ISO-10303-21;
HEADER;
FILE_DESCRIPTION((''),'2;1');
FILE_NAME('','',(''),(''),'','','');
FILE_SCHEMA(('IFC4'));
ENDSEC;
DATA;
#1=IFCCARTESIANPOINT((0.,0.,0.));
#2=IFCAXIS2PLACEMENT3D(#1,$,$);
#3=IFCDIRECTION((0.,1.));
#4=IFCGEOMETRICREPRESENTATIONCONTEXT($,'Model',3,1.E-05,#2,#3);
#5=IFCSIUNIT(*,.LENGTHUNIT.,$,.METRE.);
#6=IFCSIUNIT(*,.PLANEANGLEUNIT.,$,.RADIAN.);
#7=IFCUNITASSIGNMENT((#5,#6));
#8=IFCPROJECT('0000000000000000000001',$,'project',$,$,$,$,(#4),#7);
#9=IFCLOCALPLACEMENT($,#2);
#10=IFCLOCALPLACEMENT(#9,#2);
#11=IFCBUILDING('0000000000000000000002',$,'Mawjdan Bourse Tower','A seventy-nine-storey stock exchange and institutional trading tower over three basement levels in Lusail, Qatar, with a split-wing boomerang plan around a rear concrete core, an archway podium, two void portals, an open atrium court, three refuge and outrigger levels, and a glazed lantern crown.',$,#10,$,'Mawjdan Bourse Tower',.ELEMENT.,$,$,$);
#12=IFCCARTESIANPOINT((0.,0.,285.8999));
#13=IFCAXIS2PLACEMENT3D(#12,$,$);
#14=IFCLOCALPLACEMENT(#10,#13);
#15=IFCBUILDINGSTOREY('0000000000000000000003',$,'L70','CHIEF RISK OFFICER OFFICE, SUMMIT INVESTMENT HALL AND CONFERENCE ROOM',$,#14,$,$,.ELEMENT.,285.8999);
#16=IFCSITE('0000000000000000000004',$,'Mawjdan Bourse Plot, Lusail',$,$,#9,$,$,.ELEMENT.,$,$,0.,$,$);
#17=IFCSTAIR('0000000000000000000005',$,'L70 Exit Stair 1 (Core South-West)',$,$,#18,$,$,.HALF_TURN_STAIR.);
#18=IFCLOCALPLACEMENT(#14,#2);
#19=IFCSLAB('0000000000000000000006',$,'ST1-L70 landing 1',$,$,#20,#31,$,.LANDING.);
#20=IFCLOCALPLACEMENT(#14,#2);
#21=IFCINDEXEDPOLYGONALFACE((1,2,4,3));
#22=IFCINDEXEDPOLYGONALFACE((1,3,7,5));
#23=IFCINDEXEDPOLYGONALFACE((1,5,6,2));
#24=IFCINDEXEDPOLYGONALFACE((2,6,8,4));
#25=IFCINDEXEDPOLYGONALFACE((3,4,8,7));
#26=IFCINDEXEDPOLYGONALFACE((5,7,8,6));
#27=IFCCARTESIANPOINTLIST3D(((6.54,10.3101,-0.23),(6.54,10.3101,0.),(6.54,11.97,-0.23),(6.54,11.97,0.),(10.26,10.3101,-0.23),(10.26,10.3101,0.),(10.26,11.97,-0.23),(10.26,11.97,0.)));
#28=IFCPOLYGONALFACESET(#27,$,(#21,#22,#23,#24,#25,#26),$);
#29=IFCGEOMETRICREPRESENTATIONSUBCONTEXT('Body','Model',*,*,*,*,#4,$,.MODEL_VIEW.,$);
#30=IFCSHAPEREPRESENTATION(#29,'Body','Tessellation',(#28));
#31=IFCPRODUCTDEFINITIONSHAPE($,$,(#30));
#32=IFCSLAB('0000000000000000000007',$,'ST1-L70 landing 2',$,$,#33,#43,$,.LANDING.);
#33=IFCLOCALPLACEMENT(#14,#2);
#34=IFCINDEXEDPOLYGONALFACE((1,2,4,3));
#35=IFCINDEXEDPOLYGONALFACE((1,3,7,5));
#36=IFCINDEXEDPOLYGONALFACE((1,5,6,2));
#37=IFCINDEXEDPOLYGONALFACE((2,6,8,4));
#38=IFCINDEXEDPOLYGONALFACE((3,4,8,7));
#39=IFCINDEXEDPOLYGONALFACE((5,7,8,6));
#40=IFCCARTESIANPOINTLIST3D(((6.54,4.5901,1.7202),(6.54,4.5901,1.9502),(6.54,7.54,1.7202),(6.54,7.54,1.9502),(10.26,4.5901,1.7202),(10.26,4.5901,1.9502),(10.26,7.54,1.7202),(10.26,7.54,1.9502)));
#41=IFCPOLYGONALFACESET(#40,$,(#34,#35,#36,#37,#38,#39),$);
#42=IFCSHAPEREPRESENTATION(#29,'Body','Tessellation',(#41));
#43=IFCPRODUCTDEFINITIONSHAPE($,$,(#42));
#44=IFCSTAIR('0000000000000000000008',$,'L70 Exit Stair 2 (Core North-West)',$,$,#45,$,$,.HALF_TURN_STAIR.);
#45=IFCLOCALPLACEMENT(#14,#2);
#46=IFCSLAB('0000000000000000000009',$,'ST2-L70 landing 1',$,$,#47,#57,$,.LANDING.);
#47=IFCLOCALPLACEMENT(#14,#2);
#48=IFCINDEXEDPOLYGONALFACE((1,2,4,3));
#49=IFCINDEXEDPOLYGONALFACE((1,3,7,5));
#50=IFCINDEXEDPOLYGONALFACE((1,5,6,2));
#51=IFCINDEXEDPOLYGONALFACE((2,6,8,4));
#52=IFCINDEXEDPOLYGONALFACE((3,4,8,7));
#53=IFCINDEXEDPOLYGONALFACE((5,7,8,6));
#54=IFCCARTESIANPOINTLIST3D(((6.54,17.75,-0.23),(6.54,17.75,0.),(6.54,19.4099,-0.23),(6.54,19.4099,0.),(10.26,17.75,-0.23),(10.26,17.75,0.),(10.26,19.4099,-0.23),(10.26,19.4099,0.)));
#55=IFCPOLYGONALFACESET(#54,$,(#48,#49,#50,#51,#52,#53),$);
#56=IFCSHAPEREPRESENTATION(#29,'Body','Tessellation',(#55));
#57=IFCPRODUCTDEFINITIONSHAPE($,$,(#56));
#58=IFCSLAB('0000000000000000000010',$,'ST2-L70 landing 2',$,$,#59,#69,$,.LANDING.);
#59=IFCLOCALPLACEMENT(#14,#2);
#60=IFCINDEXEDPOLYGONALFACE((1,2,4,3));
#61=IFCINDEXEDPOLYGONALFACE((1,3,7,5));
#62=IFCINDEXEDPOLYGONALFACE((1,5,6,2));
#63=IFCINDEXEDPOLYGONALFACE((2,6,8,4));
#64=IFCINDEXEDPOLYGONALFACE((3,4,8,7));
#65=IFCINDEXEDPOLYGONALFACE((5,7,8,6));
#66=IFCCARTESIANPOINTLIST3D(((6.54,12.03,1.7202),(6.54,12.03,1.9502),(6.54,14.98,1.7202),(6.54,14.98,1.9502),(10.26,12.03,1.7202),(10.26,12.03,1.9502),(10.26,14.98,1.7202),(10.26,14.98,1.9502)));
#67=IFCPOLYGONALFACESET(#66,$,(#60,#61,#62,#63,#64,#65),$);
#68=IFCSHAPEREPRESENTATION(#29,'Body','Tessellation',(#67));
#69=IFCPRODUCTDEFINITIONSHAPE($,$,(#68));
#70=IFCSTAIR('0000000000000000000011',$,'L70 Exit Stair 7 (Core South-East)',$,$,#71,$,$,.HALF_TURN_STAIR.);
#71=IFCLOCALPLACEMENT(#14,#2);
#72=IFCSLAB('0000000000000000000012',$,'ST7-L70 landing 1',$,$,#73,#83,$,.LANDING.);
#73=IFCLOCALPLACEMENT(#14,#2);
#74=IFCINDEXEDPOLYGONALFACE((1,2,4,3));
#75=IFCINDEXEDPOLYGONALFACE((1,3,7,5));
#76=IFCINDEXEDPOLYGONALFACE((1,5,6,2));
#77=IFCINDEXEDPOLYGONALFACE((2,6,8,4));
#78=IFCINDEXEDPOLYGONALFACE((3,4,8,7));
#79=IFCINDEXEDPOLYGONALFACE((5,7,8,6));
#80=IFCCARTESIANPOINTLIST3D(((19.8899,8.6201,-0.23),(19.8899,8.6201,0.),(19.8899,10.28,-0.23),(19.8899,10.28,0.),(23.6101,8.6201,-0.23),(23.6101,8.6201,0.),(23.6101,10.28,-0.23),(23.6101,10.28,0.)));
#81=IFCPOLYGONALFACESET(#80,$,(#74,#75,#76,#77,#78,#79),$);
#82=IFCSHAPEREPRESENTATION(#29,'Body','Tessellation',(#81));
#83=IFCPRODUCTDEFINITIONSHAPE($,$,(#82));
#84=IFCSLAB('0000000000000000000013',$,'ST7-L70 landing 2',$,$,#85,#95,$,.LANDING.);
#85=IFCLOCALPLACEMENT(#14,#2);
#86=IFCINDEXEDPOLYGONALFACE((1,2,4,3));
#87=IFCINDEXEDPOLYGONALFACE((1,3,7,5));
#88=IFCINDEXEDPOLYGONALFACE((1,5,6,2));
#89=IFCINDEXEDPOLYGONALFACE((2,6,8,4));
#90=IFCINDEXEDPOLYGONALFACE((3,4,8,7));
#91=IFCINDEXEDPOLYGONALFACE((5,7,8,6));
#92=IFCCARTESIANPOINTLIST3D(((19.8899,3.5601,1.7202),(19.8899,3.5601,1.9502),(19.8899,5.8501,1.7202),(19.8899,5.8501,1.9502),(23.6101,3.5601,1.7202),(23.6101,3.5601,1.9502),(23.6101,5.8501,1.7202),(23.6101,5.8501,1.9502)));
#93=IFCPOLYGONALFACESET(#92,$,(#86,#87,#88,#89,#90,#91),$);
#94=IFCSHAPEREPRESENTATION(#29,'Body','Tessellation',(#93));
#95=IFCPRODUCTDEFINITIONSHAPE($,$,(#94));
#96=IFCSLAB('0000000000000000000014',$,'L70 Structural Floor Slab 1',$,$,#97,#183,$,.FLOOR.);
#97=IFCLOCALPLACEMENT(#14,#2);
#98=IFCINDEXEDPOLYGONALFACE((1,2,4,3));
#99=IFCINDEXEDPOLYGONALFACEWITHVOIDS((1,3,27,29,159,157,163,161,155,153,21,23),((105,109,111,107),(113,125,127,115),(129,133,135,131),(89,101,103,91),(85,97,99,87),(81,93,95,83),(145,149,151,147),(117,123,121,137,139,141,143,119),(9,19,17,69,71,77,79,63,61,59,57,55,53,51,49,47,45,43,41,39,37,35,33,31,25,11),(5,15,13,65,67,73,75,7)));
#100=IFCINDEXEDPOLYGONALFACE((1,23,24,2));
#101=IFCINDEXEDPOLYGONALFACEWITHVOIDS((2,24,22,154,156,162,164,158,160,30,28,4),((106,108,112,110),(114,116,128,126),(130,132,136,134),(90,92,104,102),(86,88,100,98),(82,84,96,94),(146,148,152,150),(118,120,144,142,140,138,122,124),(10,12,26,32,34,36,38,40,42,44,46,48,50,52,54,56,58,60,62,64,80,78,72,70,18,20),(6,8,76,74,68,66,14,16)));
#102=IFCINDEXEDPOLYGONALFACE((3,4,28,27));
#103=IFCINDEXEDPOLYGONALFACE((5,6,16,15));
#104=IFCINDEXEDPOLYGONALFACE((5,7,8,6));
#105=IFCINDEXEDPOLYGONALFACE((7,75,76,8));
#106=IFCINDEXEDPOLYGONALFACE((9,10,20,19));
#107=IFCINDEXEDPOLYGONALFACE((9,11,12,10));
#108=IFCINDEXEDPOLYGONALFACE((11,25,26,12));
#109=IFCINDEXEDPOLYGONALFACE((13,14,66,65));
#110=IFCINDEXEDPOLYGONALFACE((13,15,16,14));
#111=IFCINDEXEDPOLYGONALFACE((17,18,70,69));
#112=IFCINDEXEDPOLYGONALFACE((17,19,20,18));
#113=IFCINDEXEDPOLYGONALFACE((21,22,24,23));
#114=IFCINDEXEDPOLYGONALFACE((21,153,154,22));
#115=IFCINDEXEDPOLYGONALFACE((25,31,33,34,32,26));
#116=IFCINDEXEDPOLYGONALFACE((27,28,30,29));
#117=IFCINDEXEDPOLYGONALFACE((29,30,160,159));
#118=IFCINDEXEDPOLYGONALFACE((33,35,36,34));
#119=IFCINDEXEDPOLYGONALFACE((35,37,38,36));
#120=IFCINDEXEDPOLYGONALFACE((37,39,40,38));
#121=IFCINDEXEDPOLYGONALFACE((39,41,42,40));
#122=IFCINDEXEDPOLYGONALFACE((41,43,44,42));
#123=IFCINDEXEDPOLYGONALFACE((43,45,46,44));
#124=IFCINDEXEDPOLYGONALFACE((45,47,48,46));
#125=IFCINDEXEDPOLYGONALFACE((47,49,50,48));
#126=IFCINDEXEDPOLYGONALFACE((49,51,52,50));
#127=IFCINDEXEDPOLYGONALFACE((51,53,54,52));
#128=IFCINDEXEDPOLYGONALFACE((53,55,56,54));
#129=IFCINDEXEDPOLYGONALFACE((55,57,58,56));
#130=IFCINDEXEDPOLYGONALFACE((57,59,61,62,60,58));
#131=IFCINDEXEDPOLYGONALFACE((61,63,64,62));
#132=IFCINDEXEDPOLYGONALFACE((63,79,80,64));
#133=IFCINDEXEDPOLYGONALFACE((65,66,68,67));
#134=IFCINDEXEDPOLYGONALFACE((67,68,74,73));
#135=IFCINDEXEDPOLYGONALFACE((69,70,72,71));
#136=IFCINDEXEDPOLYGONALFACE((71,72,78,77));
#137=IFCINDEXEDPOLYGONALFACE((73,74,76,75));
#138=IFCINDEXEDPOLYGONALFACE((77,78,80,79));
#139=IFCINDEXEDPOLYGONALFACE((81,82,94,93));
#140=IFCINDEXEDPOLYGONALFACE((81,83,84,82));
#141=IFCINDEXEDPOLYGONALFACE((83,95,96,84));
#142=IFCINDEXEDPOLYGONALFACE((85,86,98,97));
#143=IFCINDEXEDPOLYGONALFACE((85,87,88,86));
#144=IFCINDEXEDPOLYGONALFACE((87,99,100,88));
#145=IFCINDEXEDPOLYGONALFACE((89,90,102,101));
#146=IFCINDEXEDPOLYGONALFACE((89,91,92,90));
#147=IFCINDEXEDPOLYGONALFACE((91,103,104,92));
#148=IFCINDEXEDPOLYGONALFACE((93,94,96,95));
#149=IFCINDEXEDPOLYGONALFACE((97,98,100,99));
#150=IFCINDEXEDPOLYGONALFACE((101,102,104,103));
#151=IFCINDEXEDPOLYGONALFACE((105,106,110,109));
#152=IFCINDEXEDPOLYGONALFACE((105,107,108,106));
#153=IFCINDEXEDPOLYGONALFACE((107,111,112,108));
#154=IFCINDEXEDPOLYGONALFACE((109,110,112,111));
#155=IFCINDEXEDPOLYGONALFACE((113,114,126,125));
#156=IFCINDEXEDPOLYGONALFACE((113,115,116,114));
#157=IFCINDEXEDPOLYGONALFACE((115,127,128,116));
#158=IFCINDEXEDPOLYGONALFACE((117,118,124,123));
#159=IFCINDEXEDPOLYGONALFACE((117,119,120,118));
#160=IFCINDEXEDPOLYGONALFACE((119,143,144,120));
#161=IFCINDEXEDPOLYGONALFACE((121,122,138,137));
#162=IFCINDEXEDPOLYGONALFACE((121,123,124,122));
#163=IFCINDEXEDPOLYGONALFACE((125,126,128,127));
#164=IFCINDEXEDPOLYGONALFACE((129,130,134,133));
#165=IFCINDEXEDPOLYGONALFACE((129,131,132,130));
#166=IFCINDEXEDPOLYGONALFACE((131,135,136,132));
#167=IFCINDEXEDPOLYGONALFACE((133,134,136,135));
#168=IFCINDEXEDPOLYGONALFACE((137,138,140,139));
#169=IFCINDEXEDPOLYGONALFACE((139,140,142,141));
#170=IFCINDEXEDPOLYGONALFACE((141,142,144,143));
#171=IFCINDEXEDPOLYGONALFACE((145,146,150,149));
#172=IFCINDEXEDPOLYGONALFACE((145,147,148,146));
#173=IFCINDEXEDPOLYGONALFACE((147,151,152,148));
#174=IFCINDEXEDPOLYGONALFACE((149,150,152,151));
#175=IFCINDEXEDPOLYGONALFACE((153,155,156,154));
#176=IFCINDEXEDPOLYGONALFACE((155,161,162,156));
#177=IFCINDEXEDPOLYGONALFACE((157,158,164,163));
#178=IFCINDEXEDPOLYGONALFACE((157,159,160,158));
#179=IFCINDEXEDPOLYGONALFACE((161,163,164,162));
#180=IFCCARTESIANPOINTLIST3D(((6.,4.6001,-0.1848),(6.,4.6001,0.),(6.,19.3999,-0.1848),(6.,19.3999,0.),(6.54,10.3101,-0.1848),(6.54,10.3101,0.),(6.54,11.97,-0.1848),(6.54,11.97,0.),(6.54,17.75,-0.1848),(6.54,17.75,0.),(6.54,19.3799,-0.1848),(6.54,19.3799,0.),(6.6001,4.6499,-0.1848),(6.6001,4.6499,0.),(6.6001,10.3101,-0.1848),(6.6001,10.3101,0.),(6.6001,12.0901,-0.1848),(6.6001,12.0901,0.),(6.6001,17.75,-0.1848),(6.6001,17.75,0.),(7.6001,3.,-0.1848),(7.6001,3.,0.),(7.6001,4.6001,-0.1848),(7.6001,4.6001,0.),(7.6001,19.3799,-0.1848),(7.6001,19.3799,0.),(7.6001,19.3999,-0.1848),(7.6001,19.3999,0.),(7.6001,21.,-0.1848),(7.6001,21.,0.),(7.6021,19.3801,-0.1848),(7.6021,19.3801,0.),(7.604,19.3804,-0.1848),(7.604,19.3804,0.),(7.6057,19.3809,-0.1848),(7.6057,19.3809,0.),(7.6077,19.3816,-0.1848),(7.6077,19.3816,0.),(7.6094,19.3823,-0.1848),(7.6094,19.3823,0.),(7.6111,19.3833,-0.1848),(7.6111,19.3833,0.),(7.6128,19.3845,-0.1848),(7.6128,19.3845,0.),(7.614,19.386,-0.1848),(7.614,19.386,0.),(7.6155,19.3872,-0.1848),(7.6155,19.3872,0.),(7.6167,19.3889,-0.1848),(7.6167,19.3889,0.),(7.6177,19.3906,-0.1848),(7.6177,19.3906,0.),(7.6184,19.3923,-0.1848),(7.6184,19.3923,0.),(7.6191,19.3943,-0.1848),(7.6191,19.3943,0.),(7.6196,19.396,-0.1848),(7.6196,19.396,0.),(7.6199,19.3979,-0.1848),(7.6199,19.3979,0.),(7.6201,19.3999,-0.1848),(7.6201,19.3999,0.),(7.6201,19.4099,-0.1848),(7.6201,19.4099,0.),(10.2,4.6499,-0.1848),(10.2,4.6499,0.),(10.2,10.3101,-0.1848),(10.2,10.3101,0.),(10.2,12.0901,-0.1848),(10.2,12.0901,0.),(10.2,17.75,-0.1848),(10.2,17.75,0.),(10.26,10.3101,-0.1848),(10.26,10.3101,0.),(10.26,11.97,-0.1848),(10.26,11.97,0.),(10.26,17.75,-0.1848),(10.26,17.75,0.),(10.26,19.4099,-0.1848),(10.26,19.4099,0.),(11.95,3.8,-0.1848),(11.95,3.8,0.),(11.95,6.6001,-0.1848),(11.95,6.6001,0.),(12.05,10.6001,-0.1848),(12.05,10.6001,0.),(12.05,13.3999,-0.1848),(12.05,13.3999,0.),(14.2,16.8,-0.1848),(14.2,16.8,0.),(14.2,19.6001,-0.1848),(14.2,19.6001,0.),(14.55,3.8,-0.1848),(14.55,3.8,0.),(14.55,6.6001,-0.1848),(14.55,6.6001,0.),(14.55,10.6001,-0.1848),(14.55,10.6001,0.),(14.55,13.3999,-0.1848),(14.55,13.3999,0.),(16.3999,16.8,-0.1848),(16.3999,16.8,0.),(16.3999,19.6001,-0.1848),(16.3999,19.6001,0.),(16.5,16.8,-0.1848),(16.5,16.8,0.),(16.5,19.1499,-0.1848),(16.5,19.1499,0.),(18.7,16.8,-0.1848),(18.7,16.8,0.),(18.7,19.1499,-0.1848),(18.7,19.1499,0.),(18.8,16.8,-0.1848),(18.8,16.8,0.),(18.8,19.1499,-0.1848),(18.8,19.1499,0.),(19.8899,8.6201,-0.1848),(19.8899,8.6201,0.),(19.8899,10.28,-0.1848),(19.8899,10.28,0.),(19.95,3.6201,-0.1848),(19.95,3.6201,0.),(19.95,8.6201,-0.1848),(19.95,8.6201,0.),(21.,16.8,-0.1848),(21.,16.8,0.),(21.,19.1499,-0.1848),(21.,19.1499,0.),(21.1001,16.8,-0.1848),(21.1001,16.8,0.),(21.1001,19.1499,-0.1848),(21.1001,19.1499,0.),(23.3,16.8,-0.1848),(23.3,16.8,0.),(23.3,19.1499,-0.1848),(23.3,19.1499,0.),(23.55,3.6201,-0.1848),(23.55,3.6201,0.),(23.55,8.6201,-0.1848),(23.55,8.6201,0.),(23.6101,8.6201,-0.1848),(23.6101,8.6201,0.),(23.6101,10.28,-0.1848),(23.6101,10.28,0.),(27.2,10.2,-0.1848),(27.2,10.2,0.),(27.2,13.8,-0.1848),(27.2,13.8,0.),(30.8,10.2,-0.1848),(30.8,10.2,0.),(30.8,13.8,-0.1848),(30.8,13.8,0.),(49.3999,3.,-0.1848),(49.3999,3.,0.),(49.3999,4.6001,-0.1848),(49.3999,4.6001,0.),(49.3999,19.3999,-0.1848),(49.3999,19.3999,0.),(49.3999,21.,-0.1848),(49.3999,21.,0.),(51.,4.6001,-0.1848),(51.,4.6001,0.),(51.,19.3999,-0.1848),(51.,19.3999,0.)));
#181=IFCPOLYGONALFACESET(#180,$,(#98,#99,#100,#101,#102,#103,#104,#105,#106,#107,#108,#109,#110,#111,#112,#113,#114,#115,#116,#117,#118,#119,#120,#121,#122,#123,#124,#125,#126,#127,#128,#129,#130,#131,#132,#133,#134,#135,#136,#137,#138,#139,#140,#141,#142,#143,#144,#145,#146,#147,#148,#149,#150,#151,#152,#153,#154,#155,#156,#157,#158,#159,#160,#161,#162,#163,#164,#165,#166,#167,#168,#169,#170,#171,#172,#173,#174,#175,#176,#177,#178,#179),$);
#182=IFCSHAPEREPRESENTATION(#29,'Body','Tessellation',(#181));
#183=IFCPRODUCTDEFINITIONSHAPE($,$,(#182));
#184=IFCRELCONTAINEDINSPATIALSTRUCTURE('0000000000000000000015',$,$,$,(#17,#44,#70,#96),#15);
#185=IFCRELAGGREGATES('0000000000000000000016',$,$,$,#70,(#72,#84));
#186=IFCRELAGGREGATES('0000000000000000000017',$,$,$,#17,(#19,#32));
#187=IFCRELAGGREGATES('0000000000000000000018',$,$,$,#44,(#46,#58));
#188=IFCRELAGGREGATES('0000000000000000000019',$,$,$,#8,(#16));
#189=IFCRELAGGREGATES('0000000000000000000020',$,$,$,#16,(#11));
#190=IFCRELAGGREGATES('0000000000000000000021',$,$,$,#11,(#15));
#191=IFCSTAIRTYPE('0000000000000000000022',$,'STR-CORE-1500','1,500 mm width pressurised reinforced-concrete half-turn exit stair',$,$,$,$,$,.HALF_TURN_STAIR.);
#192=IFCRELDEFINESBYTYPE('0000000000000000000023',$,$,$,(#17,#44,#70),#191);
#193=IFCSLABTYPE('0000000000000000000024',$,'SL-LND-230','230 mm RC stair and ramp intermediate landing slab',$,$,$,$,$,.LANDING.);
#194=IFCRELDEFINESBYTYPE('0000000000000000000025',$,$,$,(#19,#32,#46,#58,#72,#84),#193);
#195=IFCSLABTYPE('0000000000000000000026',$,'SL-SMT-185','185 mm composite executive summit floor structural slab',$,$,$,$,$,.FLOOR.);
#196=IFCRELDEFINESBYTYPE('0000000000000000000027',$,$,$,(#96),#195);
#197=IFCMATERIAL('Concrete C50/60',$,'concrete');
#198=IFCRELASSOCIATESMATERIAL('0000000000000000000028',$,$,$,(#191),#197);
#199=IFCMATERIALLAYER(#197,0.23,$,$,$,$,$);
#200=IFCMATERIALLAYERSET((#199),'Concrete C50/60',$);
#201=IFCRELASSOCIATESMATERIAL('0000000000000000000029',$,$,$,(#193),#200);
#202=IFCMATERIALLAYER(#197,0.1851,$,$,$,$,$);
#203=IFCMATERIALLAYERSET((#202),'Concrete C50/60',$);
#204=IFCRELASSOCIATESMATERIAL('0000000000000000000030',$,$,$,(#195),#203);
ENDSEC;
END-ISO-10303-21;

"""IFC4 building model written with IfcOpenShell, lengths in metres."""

from ifc_helpers import new_model, si_unit, direction, frame, origin, place, context, subcontext, project, spatial, polyline, outline, extrude, material, layer, layer_set, type_object, element, aggregate, save


model = new_model("IFC4")

# Units and contexts
model_context = context("Model", 3, precision=1e-05, world=origin(), true_north=direction((0.0, 1.0)))
body_context = subcontext(model_context, "Body", "Model", "MODEL_VIEW")
ifc_project = project(units=[si_unit("LENGTHUNIT", "METRE"), si_unit("PLANEANGLEUNIT", "RADIAN")], contexts=[model_context])

# Site, building, storey
site_placement = place(None, origin())
site = spatial("IfcSite", under=ifc_project, at=site_placement, Name="Mawjdan Bourse Plot, Lusail", CompositionType="ELEMENT", RefElevation=0.0)
building_placement = place(site_placement, origin())
building = spatial("IfcBuilding", under=site, at=building_placement, Name="Mawjdan Bourse Tower", Description="A seventy-nine-storey stock exchange and institutional trading tower over three basement levels in Lusail, Qatar, with a split-wing boomerang plan around a rear concrete core, an archway podium, two void portals, an open atrium court, three refuge and outrigger levels, and a glazed lantern crown.", LongName="Mawjdan Bourse Tower", CompositionType="ELEMENT")
storey_placement = place(building_placement, frame((0.0, 0.0, 285.8999)))
storey = spatial("IfcBuildingStorey", under=building, at=storey_placement, Name="L70", Description="CHIEF RISK OFFICER OFFICE, SUMMIT INVESTMENT HALL AND CONFERENCE ROOM", CompositionType="ELEMENT", Elevation=285.8999)

# Stairs, slabs
ifc_material_1 = material(Name="Concrete C50/60", Category="concrete")
stair_type = type_object("IfcStairType", Name="STR-CORE-1500", Description="1,500 mm width pressurised reinforced-concrete half-turn exit stair", PredefinedType="HALF_TURN_STAIR", material=ifc_material_1)
stair_1_placement = place(storey_placement, origin())
stair_1 = element("IfcStair", 1, at=stair_1_placement, inside=storey, type_object=stair_type, Name="L70 Exit Stair 1 (Core South-West)", PredefinedType="HALF_TURN_STAIR")
ifc_layer_1 = layer(ifc_material_1, 0.23)
ifc_layer_set_1 = layer_set([ifc_layer_1], Name="Concrete C50/60")
slab_type_1 = type_object("IfcSlabType", Name="SL-LND-230", Description="230 mm RC stair and ramp intermediate landing slab", PredefinedType="LANDING", material=ifc_layer_set_1)
slab_1_placement = place(storey_placement, frame((0.0, 0.0, -0.23)))
slab_1 = element("IfcSlab", 2, at=slab_1_placement, type_object=slab_type_1, Name="ST1-L70 landing 1", PredefinedType="LANDING", context=body_context, shape_type="SweptSolid", body=[
    extrude(outline(polyline([(6.54, 10.3101), (10.26, 10.3101), (10.26, 11.97), (6.54, 11.97), (6.54, 10.3101)])), origin(), (0.0, 0.0, 1.0), 0.23),
])
slab_2_placement = place(storey_placement, frame((0.0, 0.0, 1.7202)))
slab_2 = element("IfcSlab", 3, at=slab_2_placement, type_object=slab_type_1, Name="ST1-L70 landing 2", PredefinedType="LANDING", context=body_context, shape_type="SweptSolid", body=[
    extrude(outline(polyline([(6.54, 4.5901), (10.26, 4.5901), (10.26, 7.54), (6.54, 7.54), (6.54, 4.5901)])), origin(), (0.0, 0.0, 1.0), 0.23),
])
stair_2_placement = place(storey_placement, origin())
stair_2 = element("IfcStair", 4, at=stair_2_placement, inside=storey, type_object=stair_type, Name="L70 Exit Stair 2 (Core North-West)", PredefinedType="HALF_TURN_STAIR")
slab_3_placement = place(storey_placement, frame((0.0, 0.0, -0.23)))
slab_3 = element("IfcSlab", 5, at=slab_3_placement, type_object=slab_type_1, Name="ST2-L70 landing 1", PredefinedType="LANDING", context=body_context, shape_type="SweptSolid", body=[
    extrude(outline(polyline([(6.54, 17.75), (10.26, 17.75), (10.26, 19.4099), (6.54, 19.4099), (6.54, 17.75)])), origin(), (0.0, 0.0, 1.0), 0.23),
])
slab_4_placement = place(storey_placement, frame((0.0, 0.0, 1.7202)))
slab_4 = element("IfcSlab", 6, at=slab_4_placement, type_object=slab_type_1, Name="ST2-L70 landing 2", PredefinedType="LANDING", context=body_context, shape_type="SweptSolid", body=[
    extrude(outline(polyline([(6.54, 12.03), (10.26, 12.03), (10.26, 14.98), (6.54, 14.98), (6.54, 12.03)])), origin(), (0.0, 0.0, 1.0), 0.23),
])
stair_3_placement = place(storey_placement, origin())
stair_3 = element("IfcStair", 7, at=stair_3_placement, inside=storey, type_object=stair_type, Name="L70 Exit Stair 7 (Core South-East)", PredefinedType="HALF_TURN_STAIR")
slab_5_placement = place(storey_placement, frame((0.0, 0.0, -0.23)))
slab_5 = element("IfcSlab", 8, at=slab_5_placement, type_object=slab_type_1, Name="ST7-L70 landing 1", PredefinedType="LANDING", context=body_context, shape_type="SweptSolid", body=[
    extrude(outline(polyline([(19.8899, 8.6201), (23.6101, 8.6201), (23.6101, 10.28), (19.8899, 10.28), (19.8899, 8.6201)])), origin(), (0.0, 0.0, 1.0), 0.23),
])
slab_6_placement = place(storey_placement, frame((0.0, 0.0, 1.7202)))
slab_6 = element("IfcSlab", 9, at=slab_6_placement, type_object=slab_type_1, Name="ST7-L70 landing 2", PredefinedType="LANDING", context=body_context, shape_type="SweptSolid", body=[
    extrude(outline(polyline([(19.8899, 3.5601), (23.6101, 3.5601), (23.6101, 5.8501), (19.8899, 5.8501), (19.8899, 3.5601)])), origin(), (0.0, 0.0, 1.0), 0.23),
])
aggregate(stair_3, [slab_5, slab_6])

# Slab
ifc_layer_2 = layer(ifc_material_1, 0.1851)
ifc_layer_set_2 = layer_set([ifc_layer_2], Name="Concrete C50/60")
slab_type_2 = type_object("IfcSlabType", Name="SL-SMT-185", Description="185 mm composite executive summit floor structural slab", PredefinedType="FLOOR", material=ifc_layer_set_2)
slab_7_placement = place(storey_placement, frame((0.0, 0.0, -0.1848)))
element("IfcSlab", 10, at=slab_7_placement, inside=storey, type_object=slab_type_2, Name="L70 Structural Floor Slab 1", PredefinedType="FLOOR", context=body_context, shape_type="SweptSolid", body=[
    extrude(outline(polyline([(7.6001, 3.0), (49.3999, 3.0), (49.3999, 4.6001), (51.0, 4.6001), (51.0, 19.3999), (49.3999, 19.3999), (49.3999, 21.0), (7.6001, 21.0), (7.6001, 19.3999), (6.0, 19.3999), (6.0, 4.6001), (7.6001, 4.6001), (7.6001, 3.0)]), holes=[polyline([(14.55, 3.8), (11.95, 3.8), (11.95, 6.6001), (14.55, 6.6001), (14.55, 3.8)]), polyline([(10.26, 11.97), (10.26, 10.3101), (10.2, 10.3101), (10.2, 4.6499), (6.6001, 4.6499), (6.6001, 10.3101), (6.54, 10.3101), (6.54, 11.97), (10.26, 11.97)]), polyline([(14.55, 10.6001), (12.05, 10.6001), (12.05, 13.3999), (14.55, 13.3999), (14.55, 10.6001)]), polyline([(6.6001, 12.0901), (6.6001, 17.75), (6.54, 17.75), (6.54, 19.3799), (7.6001, 19.3799), (7.6021, 19.3801), (7.604, 19.3804), (7.6057, 19.3809), (7.6077, 19.3816), (7.6094, 19.3823), (7.6111, 19.3833), (7.6128, 19.3845), (7.614, 19.386), (7.6155, 19.3872), (7.6167, 19.3889), (7.6177, 19.3906), (7.6184, 19.3923), (7.6191, 19.3943), (7.6196, 19.396), (7.6199, 19.3979), (7.6201, 19.3999), (7.6201, 19.4099), (10.26, 19.4099), (10.26, 17.75), (10.2, 17.75), (10.2, 12.0901), (6.6001, 12.0901)]), polyline([(14.2, 16.8), (14.2, 19.6001), (16.3999, 19.6001), (16.3999, 16.8), (14.2, 16.8)]), polyline([(23.6101, 10.28), (23.6101, 8.6201), (23.55, 8.6201), (23.55, 3.6201), (19.95, 3.6201), (19.95, 8.6201), (19.8899, 8.6201), (19.8899, 10.28), (23.6101, 10.28)]), polyline([(27.2, 10.2), (27.2, 13.8), (30.8, 13.8), (30.8, 10.2), (27.2, 10.2)]), polyline([(16.5, 16.8), (16.5, 19.1499), (18.7, 19.1499), (18.7, 16.8), (16.5, 16.8)]), polyline([(18.8, 16.8), (18.8, 19.1499), (21.0, 19.1499), (21.0, 16.8), (18.8, 16.8)]), polyline([(21.1001, 16.8), (21.1001, 19.1499), (23.3, 19.1499), (23.3, 16.8), (21.1001, 16.8)])]), origin(), (0.0, 0.0, 1.0), 0.1848),
])

aggregate(stair_1, [slab_1, slab_2])
aggregate(stair_2, [slab_3, slab_4])

save(model, "model.ifc")
